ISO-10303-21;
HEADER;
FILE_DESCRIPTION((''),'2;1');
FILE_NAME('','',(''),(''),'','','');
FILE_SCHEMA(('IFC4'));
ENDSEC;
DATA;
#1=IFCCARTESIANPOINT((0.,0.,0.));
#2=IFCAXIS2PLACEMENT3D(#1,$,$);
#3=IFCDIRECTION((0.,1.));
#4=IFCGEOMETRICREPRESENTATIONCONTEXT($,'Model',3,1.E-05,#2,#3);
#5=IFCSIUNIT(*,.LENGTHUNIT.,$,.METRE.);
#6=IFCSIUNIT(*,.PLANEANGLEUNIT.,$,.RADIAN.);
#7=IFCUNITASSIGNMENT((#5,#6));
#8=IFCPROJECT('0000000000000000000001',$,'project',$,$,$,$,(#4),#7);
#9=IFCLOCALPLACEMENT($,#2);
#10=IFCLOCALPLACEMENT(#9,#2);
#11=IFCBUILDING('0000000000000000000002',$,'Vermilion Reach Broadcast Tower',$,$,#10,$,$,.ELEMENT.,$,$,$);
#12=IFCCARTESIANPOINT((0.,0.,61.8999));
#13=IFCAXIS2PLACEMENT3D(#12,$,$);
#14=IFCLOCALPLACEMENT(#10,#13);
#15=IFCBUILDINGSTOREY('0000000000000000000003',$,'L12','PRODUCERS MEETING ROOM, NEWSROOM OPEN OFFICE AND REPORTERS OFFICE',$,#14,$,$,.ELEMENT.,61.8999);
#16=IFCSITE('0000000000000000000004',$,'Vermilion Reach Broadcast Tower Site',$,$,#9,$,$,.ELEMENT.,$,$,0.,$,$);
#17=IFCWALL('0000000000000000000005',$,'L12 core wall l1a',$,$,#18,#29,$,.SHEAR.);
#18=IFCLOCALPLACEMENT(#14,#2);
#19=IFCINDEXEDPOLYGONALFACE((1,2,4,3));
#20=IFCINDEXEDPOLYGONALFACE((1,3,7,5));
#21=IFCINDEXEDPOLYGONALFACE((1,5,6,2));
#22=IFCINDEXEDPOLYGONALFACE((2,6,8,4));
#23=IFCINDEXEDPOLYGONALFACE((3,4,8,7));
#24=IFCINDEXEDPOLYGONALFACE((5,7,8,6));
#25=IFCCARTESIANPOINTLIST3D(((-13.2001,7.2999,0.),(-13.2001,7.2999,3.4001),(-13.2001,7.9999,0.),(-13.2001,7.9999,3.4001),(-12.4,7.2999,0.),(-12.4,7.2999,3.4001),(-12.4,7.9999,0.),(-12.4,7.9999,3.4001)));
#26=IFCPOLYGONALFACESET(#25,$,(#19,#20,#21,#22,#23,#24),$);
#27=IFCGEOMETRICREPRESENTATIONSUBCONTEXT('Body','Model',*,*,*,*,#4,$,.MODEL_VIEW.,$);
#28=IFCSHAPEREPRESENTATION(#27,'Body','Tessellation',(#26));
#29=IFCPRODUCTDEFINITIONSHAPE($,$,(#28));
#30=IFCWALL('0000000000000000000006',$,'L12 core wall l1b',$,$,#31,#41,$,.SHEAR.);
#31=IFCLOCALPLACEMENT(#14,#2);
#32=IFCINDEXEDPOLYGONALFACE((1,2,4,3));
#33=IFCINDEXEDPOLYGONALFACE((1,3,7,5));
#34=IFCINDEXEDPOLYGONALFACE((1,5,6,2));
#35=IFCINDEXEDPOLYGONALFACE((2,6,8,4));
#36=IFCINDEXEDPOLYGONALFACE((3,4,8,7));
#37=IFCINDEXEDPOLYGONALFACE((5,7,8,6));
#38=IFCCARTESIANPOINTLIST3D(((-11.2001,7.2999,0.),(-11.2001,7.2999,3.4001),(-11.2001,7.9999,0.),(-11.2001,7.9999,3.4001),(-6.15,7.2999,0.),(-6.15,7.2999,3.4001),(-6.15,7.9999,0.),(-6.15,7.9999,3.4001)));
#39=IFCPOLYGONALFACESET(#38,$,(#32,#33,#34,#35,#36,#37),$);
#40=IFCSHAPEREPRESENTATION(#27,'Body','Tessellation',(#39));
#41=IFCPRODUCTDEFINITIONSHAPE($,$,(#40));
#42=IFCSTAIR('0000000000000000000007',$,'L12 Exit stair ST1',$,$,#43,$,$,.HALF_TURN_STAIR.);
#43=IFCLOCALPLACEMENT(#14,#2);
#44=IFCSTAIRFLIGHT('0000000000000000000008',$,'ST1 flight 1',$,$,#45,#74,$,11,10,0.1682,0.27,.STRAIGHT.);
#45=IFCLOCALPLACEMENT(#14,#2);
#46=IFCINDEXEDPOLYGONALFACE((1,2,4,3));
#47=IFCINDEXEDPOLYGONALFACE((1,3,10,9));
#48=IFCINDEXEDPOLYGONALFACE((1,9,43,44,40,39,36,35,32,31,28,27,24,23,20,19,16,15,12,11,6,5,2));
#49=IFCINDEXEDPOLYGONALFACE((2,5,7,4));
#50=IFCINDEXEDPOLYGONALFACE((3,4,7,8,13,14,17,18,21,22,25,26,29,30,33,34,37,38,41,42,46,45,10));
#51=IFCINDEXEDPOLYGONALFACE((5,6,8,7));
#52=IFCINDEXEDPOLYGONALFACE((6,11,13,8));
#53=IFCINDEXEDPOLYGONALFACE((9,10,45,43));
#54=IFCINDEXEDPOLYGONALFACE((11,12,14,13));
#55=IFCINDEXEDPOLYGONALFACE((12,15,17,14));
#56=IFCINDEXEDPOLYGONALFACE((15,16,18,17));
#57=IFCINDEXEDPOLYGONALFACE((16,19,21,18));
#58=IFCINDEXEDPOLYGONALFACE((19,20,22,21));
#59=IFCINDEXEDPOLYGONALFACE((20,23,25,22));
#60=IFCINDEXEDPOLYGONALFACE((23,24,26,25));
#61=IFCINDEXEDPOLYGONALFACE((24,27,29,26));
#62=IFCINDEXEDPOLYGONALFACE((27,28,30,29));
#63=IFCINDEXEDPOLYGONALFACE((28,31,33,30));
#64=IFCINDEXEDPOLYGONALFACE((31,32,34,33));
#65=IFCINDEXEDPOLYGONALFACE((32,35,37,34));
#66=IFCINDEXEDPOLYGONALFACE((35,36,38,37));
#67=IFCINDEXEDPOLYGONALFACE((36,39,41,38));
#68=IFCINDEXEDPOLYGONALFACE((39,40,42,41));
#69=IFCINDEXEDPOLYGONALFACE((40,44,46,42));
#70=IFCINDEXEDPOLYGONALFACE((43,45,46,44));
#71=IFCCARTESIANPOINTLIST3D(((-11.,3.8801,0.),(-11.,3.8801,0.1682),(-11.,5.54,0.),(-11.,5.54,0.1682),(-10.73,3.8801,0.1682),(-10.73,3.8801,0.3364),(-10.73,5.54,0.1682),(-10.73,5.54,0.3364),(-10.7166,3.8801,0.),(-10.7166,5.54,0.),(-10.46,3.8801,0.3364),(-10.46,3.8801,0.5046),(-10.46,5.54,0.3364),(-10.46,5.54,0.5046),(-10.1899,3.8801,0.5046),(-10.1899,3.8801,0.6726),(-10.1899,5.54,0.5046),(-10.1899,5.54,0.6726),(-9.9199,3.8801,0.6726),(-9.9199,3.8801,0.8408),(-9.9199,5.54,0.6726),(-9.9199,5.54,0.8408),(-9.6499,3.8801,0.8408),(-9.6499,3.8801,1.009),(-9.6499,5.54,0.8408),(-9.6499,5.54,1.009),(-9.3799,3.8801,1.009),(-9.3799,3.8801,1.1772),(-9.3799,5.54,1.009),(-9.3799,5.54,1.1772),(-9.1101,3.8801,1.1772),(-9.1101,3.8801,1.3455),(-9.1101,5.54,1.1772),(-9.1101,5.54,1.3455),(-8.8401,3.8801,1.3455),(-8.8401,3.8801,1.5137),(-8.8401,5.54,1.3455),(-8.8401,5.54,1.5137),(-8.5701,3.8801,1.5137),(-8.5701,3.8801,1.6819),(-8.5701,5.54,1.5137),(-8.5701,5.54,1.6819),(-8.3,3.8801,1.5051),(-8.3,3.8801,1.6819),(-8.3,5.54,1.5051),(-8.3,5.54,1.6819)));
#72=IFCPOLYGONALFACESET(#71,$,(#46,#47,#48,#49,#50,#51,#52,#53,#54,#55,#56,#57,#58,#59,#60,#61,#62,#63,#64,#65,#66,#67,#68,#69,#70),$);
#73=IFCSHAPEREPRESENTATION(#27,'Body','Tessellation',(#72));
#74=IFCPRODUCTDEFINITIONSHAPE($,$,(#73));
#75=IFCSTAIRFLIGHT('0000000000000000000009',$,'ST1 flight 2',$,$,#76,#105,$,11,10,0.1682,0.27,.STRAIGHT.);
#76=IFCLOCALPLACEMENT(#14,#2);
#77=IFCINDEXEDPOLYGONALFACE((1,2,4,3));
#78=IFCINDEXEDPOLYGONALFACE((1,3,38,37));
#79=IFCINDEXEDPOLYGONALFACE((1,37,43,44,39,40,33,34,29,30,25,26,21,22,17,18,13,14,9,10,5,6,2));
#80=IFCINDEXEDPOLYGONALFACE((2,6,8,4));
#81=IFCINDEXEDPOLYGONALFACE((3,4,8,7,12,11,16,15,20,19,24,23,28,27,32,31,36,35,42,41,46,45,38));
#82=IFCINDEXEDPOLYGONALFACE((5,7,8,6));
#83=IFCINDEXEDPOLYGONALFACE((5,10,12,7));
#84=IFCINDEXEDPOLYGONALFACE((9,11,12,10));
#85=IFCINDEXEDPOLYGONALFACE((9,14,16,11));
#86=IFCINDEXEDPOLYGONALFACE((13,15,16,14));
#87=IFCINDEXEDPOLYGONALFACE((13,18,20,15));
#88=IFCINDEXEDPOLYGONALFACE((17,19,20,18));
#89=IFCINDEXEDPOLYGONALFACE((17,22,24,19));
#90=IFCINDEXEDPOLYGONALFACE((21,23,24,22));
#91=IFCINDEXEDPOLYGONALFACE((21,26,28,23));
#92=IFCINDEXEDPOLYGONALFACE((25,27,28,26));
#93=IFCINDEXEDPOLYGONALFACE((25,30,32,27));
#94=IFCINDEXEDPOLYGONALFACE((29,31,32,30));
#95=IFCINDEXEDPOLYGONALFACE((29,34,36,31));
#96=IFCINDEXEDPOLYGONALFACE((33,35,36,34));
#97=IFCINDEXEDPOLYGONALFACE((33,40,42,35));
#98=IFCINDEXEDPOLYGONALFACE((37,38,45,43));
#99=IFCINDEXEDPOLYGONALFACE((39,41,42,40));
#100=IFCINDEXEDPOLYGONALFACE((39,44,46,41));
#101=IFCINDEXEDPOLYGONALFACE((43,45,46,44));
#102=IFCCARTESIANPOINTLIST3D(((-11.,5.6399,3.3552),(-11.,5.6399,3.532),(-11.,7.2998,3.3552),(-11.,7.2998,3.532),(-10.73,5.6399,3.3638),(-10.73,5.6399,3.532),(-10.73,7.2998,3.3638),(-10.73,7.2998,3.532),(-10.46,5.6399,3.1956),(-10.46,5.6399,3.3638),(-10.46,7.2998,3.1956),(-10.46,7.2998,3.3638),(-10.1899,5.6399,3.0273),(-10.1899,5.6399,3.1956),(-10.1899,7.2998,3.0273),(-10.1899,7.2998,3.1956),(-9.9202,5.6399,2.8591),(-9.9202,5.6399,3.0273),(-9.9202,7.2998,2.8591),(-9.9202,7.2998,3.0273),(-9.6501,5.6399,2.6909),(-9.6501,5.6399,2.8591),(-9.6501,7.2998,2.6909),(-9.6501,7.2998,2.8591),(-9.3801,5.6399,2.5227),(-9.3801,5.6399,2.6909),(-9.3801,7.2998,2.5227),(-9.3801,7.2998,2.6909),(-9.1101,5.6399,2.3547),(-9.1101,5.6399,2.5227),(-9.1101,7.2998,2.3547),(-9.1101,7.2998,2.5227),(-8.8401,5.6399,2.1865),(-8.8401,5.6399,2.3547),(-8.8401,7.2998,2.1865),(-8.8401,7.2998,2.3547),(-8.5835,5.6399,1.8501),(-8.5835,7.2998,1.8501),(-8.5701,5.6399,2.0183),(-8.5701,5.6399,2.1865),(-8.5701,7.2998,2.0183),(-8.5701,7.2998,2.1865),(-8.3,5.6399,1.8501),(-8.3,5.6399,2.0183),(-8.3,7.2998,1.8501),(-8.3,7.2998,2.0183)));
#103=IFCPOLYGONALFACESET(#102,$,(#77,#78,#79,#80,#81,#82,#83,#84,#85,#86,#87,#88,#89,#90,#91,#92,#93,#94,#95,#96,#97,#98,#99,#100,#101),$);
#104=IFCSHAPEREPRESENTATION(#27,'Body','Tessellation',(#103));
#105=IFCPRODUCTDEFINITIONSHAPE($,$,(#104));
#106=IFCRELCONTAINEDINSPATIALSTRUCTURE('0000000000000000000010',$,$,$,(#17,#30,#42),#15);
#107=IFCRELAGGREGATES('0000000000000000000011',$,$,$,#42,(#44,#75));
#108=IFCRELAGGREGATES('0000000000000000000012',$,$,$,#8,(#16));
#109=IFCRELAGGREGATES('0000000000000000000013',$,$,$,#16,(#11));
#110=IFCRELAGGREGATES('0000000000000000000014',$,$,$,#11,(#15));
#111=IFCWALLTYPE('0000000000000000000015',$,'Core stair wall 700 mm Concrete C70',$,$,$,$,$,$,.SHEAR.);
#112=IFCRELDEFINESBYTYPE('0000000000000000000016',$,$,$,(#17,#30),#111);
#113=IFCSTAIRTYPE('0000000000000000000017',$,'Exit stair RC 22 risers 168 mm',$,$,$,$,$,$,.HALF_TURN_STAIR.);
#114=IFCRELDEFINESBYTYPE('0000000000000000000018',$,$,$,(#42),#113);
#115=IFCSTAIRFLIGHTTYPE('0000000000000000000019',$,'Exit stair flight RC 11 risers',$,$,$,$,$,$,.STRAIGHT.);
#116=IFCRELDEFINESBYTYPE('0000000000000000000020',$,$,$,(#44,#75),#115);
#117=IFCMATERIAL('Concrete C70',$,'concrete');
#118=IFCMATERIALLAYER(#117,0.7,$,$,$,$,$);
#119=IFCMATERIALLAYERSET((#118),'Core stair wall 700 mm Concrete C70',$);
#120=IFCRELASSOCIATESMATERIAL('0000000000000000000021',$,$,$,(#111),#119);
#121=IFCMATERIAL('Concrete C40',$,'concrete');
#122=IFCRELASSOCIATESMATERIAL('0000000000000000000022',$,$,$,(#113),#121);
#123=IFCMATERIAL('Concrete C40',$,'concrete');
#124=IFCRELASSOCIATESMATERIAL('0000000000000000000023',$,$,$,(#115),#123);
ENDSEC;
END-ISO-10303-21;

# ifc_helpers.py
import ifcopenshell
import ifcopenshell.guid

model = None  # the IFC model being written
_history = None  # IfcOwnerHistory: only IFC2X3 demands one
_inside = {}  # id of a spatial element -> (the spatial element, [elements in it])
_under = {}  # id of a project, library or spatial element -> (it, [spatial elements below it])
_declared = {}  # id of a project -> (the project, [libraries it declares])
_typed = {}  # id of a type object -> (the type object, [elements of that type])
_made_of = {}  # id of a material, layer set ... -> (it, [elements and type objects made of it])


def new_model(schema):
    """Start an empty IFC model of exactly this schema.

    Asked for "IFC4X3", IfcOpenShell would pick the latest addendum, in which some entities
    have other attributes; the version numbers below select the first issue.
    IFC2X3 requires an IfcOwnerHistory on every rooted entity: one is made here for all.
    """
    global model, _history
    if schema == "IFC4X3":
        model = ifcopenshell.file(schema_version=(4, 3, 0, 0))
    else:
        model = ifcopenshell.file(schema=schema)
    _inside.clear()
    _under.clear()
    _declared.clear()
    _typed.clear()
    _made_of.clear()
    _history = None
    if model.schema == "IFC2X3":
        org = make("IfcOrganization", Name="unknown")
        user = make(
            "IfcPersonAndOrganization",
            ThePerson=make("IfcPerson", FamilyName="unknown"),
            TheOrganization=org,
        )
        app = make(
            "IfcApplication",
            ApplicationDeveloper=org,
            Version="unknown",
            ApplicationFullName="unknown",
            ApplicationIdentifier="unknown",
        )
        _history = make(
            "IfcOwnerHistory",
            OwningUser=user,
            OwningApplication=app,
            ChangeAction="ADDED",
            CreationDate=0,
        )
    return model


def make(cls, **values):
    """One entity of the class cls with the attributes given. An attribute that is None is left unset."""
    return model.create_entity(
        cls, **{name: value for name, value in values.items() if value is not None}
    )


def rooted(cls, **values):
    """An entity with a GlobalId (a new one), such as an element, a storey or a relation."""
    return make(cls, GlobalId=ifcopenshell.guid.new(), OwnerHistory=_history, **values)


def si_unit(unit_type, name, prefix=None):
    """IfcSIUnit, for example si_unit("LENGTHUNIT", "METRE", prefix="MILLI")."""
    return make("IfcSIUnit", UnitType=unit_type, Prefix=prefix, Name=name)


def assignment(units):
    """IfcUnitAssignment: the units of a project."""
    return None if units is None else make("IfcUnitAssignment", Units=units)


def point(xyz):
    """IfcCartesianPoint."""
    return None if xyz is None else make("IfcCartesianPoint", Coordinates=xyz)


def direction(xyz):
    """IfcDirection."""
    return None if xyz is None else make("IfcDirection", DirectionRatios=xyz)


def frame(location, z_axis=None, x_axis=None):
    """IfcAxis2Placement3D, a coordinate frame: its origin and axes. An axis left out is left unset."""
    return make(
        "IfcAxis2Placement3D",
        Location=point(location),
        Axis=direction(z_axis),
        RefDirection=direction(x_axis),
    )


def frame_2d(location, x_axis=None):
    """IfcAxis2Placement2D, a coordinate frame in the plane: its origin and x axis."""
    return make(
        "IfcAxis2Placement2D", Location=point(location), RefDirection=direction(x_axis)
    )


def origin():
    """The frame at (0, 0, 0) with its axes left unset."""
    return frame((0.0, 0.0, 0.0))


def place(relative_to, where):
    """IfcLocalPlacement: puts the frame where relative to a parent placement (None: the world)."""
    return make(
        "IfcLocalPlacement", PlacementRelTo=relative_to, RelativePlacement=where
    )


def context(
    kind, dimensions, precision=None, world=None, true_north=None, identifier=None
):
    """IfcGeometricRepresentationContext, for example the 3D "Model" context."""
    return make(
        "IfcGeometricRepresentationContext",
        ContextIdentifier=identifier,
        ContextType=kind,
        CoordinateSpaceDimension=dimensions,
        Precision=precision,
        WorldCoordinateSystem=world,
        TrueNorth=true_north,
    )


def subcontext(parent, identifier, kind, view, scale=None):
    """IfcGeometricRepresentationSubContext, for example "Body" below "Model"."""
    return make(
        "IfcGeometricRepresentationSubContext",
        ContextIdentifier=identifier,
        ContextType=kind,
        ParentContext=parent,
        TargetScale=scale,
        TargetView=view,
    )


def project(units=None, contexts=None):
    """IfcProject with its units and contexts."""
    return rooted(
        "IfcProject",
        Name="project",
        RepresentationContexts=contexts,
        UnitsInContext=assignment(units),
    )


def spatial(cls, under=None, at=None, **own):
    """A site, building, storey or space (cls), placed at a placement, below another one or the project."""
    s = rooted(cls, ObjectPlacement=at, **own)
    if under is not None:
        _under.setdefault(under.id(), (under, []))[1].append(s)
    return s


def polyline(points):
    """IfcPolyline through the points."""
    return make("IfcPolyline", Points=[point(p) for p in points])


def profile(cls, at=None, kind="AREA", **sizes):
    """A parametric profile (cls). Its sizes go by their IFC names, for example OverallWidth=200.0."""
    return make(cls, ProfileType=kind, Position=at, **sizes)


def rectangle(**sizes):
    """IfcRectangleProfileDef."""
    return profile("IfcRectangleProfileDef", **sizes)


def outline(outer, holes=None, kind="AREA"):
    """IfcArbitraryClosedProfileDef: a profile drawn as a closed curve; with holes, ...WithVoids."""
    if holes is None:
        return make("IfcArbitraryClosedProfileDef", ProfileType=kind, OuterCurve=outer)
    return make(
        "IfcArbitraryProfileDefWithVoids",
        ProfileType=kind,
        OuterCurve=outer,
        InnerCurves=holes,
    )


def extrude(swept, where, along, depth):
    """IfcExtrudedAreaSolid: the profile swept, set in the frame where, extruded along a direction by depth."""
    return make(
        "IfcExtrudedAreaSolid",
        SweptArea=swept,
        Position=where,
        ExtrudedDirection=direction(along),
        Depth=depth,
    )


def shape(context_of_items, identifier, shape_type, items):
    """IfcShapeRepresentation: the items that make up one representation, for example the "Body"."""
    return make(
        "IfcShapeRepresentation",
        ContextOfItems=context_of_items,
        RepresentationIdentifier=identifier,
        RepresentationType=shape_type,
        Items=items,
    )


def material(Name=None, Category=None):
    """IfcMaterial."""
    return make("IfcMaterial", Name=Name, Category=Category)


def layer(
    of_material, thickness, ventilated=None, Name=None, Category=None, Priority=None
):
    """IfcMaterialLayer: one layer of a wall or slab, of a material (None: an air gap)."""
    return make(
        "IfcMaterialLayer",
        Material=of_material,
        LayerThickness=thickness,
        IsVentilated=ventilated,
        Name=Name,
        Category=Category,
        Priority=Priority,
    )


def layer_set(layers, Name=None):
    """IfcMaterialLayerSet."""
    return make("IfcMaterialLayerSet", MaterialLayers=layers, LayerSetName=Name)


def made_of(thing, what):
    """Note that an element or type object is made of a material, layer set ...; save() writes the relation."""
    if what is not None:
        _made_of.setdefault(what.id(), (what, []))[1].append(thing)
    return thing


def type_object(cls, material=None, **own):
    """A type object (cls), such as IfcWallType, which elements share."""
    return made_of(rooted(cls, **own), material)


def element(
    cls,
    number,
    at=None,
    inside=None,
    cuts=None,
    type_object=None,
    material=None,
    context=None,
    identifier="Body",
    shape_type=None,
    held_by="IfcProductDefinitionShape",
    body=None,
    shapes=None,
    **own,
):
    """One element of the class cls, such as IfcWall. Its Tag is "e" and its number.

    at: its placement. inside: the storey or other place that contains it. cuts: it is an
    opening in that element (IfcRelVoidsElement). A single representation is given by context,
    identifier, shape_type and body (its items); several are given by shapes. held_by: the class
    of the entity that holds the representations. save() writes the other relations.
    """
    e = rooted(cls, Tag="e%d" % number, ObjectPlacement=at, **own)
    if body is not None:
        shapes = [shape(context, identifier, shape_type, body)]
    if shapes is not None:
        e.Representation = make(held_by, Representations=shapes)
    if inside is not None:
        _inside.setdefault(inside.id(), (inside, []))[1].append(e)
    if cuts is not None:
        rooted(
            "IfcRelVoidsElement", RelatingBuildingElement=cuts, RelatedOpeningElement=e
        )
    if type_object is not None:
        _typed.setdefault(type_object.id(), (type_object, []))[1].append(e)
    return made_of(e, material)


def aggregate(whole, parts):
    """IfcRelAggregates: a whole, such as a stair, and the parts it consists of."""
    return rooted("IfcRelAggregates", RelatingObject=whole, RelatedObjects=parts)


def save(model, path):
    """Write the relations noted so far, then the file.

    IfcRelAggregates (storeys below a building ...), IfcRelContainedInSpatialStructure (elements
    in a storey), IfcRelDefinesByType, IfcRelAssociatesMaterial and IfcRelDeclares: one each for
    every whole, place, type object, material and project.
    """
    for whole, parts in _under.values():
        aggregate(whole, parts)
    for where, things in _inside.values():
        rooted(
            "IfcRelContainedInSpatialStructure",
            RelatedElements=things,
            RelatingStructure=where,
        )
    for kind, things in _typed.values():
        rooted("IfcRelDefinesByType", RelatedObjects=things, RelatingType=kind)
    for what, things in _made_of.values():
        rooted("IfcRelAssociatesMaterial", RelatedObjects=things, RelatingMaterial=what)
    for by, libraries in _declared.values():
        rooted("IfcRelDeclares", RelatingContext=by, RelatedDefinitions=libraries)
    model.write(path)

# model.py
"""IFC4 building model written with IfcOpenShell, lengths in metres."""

from ifc_helpers import new_model, si_unit, direction, frame, frame_2d, origin, place, context, subcontext, project, spatial, polyline, rectangle, outline, extrude, material, layer, layer_set, type_object, element, aggregate, save


model = new_model("IFC4")

# Units and contexts
model_context = context("Model", 3, precision=1e-05, world=origin(), true_north=direction((0.0, 1.0)))
body_context = subcontext(model_context, "Body", "Model", "MODEL_VIEW")
ifc_project = project(units=[si_unit("LENGTHUNIT", "METRE"), si_unit("PLANEANGLEUNIT", "RADIAN")], contexts=[model_context])

# Site, building, storey
site_placement = place(None, origin())
site = spatial("IfcSite", under=ifc_project, at=site_placement, Name="Vermilion Reach Broadcast Tower Site", CompositionType="ELEMENT", RefElevation=0.0)
building_placement = place(site_placement, origin())
building = spatial("IfcBuilding", under=site, at=building_placement, Name="Vermilion Reach Broadcast Tower", CompositionType="ELEMENT")
storey_placement = place(building_placement, frame((0.0, 0.0, 61.8999)))
storey = spatial("IfcBuildingStorey", under=building, at=storey_placement, Name="L12", Description="PRODUCERS MEETING ROOM, NEWSROOM OPEN OFFICE AND REPORTERS OFFICE", CompositionType="ELEMENT", Elevation=61.8999)

# Walls
ifc_material_1 = material(Name="Concrete C70", Category="concrete")
ifc_layer_1 = layer(ifc_material_1, 0.7)
ifc_layer_set_1 = layer_set([ifc_layer_1], Name="Core stair wall 700 mm Concrete C70")
wall_type_1 = type_object("IfcWallType", Name="Core stair wall 700 mm Concrete C70", PredefinedType="SHEAR", material=ifc_layer_set_1)
wall_1_placement = place(storey_placement, frame((-13.2, 7.6499, 0.0), z_axis=(0.0, 0.0, 1.0), x_axis=(1.0, 0.0, 0.0)))
element("IfcWall", 1, at=wall_1_placement, inside=storey, type_object=wall_type_1, Name="L12 core wall l1a", PredefinedType="SHEAR", context=body_context, shape_type="SweptSolid", body=[
    extrude(rectangle(XDim=0.8, YDim=0.7, at=frame_2d((0.3999, 0.0))), origin(), (0.0, 0.0, 1.0), 3.4001),
])
wall_2_placement = place(storey_placement, frame((-11.2, 7.6499, 0.0), z_axis=(0.0, 0.0, 1.0), x_axis=(1.0, 0.0, 0.0)))
element("IfcWall", 2, at=wall_2_placement, inside=storey, type_object=wall_type_1, Name="L12 core wall l1b", PredefinedType="SHEAR", context=body_context, shape_type="SweptSolid", body=[
    extrude(rectangle(XDim=5.05, YDim=0.7, at=frame_2d((2.5249, 0.0))), origin(), (0.0, 0.0, 1.0), 3.4001),
])

# Stair, stair flights
ifc_material_2 = material(Name="Concrete C40", Category="concrete")
stair_type = type_object("IfcStairType", Name="Exit stair RC 22 risers 168 mm", PredefinedType="HALF_TURN_STAIR", material=ifc_material_2)
stair_placement = place(storey_placement, origin())
stair = element("IfcStair", 3, at=stair_placement, inside=storey, type_object=stair_type, Name="L12 Exit stair ST1", PredefinedType="HALF_TURN_STAIR")
ifc_material_3 = material(Name="Concrete C40", Category="concrete")
stair_flight_type = type_object("IfcStairFlightType", Name="Exit stair flight RC 11 risers", PredefinedType="STRAIGHT", material=ifc_material_3)
stair_flight_1_placement = place(storey_placement, frame((-11.0, 4.71, 0.0), z_axis=(0.0, 0.0, 1.0), x_axis=(1.0, 0.0, 0.0)))
stair_flight_1 = element("IfcStairFlight", 4, at=stair_flight_1_placement, type_object=stair_flight_type, Name="ST1 flight 1", NumberOfRisers=11, NumberOfTreads=10, PredefinedType="STRAIGHT", RiserHeight=0.1682, TreadLength=0.27, context=body_context, shape_type="SweptSolid", body=[
    extrude(outline(polyline([(0.0, 0.0), (0.0, 0.1682), (0.27, 0.1682), (0.27, 0.3364), (0.54, 0.3364), (0.54, 0.5046), (0.8101, 0.5046), (0.8101, 0.6726), (1.0801, 0.6726), (1.0801, 0.8408), (1.3501, 0.8408), (1.3501, 1.009), (1.6201, 1.009), (1.6201, 1.1772), (1.8899, 1.1772), (1.8899, 1.3455), (2.1599, 1.3455), (2.1599, 1.5137), (2.4299, 1.5137), (2.4299, 1.6819), (2.7, 1.6819), (2.7, 1.8501), (2.7, 1.5051), (0.2834, 0.0), (0.0, 0.0)])), frame((0.0, 0.8301, 0.0), z_axis=(0.0, -1.0, 0.0), x_axis=(1.0, 0.0, 0.0)), (0.0, 0.0, 1.0), 1.6599),
])
stair_flight_2_placement = place(storey_placement, frame((-8.3, 6.47, 1.8501), z_axis=(0.0, 0.0, 1.0), x_axis=(-1.0, 0.0, 0.0)))
stair_flight_2 = element("IfcStairFlight", 5, at=stair_flight_2_placement, type_object=stair_flight_type, Name="ST1 flight 2", NumberOfRisers=11, NumberOfTreads=10, PredefinedType="STRAIGHT", RiserHeight=0.1682, TreadLength=0.27, context=body_context, shape_type="SweptSolid", body=[
    extrude(outline(polyline([(0.0, 0.0), (0.0, 0.1682), (0.27, 0.1682), (0.27, 0.3364), (0.54, 0.3364), (0.54, 0.5046), (0.8101, 0.5046), (0.8101, 0.6726), (1.0801, 0.6726), (1.0801, 0.8408), (1.3501, 0.8408), (1.3501, 1.009), (1.6201, 1.009), (1.6201, 1.1772), (1.8899, 1.1772), (1.8899, 1.3455), (2.1599, 1.3455), (2.1599, 1.5137), (2.4299, 1.5137), (2.4299, 1.6819), (2.7, 1.6819), (2.7, 1.8501), (2.7, 1.5051), (0.2834, 0.0), (0.0, 0.0)])), frame((0.0, 0.8301, 0.0), z_axis=(0.0, -1.0, 0.0), x_axis=(1.0, 0.0, 0.0)), (0.0, 0.0, 1.0), 1.6599),
])
aggregate(stair, [stair_flight_1, stair_flight_2])

save(model, "model.ifc")
